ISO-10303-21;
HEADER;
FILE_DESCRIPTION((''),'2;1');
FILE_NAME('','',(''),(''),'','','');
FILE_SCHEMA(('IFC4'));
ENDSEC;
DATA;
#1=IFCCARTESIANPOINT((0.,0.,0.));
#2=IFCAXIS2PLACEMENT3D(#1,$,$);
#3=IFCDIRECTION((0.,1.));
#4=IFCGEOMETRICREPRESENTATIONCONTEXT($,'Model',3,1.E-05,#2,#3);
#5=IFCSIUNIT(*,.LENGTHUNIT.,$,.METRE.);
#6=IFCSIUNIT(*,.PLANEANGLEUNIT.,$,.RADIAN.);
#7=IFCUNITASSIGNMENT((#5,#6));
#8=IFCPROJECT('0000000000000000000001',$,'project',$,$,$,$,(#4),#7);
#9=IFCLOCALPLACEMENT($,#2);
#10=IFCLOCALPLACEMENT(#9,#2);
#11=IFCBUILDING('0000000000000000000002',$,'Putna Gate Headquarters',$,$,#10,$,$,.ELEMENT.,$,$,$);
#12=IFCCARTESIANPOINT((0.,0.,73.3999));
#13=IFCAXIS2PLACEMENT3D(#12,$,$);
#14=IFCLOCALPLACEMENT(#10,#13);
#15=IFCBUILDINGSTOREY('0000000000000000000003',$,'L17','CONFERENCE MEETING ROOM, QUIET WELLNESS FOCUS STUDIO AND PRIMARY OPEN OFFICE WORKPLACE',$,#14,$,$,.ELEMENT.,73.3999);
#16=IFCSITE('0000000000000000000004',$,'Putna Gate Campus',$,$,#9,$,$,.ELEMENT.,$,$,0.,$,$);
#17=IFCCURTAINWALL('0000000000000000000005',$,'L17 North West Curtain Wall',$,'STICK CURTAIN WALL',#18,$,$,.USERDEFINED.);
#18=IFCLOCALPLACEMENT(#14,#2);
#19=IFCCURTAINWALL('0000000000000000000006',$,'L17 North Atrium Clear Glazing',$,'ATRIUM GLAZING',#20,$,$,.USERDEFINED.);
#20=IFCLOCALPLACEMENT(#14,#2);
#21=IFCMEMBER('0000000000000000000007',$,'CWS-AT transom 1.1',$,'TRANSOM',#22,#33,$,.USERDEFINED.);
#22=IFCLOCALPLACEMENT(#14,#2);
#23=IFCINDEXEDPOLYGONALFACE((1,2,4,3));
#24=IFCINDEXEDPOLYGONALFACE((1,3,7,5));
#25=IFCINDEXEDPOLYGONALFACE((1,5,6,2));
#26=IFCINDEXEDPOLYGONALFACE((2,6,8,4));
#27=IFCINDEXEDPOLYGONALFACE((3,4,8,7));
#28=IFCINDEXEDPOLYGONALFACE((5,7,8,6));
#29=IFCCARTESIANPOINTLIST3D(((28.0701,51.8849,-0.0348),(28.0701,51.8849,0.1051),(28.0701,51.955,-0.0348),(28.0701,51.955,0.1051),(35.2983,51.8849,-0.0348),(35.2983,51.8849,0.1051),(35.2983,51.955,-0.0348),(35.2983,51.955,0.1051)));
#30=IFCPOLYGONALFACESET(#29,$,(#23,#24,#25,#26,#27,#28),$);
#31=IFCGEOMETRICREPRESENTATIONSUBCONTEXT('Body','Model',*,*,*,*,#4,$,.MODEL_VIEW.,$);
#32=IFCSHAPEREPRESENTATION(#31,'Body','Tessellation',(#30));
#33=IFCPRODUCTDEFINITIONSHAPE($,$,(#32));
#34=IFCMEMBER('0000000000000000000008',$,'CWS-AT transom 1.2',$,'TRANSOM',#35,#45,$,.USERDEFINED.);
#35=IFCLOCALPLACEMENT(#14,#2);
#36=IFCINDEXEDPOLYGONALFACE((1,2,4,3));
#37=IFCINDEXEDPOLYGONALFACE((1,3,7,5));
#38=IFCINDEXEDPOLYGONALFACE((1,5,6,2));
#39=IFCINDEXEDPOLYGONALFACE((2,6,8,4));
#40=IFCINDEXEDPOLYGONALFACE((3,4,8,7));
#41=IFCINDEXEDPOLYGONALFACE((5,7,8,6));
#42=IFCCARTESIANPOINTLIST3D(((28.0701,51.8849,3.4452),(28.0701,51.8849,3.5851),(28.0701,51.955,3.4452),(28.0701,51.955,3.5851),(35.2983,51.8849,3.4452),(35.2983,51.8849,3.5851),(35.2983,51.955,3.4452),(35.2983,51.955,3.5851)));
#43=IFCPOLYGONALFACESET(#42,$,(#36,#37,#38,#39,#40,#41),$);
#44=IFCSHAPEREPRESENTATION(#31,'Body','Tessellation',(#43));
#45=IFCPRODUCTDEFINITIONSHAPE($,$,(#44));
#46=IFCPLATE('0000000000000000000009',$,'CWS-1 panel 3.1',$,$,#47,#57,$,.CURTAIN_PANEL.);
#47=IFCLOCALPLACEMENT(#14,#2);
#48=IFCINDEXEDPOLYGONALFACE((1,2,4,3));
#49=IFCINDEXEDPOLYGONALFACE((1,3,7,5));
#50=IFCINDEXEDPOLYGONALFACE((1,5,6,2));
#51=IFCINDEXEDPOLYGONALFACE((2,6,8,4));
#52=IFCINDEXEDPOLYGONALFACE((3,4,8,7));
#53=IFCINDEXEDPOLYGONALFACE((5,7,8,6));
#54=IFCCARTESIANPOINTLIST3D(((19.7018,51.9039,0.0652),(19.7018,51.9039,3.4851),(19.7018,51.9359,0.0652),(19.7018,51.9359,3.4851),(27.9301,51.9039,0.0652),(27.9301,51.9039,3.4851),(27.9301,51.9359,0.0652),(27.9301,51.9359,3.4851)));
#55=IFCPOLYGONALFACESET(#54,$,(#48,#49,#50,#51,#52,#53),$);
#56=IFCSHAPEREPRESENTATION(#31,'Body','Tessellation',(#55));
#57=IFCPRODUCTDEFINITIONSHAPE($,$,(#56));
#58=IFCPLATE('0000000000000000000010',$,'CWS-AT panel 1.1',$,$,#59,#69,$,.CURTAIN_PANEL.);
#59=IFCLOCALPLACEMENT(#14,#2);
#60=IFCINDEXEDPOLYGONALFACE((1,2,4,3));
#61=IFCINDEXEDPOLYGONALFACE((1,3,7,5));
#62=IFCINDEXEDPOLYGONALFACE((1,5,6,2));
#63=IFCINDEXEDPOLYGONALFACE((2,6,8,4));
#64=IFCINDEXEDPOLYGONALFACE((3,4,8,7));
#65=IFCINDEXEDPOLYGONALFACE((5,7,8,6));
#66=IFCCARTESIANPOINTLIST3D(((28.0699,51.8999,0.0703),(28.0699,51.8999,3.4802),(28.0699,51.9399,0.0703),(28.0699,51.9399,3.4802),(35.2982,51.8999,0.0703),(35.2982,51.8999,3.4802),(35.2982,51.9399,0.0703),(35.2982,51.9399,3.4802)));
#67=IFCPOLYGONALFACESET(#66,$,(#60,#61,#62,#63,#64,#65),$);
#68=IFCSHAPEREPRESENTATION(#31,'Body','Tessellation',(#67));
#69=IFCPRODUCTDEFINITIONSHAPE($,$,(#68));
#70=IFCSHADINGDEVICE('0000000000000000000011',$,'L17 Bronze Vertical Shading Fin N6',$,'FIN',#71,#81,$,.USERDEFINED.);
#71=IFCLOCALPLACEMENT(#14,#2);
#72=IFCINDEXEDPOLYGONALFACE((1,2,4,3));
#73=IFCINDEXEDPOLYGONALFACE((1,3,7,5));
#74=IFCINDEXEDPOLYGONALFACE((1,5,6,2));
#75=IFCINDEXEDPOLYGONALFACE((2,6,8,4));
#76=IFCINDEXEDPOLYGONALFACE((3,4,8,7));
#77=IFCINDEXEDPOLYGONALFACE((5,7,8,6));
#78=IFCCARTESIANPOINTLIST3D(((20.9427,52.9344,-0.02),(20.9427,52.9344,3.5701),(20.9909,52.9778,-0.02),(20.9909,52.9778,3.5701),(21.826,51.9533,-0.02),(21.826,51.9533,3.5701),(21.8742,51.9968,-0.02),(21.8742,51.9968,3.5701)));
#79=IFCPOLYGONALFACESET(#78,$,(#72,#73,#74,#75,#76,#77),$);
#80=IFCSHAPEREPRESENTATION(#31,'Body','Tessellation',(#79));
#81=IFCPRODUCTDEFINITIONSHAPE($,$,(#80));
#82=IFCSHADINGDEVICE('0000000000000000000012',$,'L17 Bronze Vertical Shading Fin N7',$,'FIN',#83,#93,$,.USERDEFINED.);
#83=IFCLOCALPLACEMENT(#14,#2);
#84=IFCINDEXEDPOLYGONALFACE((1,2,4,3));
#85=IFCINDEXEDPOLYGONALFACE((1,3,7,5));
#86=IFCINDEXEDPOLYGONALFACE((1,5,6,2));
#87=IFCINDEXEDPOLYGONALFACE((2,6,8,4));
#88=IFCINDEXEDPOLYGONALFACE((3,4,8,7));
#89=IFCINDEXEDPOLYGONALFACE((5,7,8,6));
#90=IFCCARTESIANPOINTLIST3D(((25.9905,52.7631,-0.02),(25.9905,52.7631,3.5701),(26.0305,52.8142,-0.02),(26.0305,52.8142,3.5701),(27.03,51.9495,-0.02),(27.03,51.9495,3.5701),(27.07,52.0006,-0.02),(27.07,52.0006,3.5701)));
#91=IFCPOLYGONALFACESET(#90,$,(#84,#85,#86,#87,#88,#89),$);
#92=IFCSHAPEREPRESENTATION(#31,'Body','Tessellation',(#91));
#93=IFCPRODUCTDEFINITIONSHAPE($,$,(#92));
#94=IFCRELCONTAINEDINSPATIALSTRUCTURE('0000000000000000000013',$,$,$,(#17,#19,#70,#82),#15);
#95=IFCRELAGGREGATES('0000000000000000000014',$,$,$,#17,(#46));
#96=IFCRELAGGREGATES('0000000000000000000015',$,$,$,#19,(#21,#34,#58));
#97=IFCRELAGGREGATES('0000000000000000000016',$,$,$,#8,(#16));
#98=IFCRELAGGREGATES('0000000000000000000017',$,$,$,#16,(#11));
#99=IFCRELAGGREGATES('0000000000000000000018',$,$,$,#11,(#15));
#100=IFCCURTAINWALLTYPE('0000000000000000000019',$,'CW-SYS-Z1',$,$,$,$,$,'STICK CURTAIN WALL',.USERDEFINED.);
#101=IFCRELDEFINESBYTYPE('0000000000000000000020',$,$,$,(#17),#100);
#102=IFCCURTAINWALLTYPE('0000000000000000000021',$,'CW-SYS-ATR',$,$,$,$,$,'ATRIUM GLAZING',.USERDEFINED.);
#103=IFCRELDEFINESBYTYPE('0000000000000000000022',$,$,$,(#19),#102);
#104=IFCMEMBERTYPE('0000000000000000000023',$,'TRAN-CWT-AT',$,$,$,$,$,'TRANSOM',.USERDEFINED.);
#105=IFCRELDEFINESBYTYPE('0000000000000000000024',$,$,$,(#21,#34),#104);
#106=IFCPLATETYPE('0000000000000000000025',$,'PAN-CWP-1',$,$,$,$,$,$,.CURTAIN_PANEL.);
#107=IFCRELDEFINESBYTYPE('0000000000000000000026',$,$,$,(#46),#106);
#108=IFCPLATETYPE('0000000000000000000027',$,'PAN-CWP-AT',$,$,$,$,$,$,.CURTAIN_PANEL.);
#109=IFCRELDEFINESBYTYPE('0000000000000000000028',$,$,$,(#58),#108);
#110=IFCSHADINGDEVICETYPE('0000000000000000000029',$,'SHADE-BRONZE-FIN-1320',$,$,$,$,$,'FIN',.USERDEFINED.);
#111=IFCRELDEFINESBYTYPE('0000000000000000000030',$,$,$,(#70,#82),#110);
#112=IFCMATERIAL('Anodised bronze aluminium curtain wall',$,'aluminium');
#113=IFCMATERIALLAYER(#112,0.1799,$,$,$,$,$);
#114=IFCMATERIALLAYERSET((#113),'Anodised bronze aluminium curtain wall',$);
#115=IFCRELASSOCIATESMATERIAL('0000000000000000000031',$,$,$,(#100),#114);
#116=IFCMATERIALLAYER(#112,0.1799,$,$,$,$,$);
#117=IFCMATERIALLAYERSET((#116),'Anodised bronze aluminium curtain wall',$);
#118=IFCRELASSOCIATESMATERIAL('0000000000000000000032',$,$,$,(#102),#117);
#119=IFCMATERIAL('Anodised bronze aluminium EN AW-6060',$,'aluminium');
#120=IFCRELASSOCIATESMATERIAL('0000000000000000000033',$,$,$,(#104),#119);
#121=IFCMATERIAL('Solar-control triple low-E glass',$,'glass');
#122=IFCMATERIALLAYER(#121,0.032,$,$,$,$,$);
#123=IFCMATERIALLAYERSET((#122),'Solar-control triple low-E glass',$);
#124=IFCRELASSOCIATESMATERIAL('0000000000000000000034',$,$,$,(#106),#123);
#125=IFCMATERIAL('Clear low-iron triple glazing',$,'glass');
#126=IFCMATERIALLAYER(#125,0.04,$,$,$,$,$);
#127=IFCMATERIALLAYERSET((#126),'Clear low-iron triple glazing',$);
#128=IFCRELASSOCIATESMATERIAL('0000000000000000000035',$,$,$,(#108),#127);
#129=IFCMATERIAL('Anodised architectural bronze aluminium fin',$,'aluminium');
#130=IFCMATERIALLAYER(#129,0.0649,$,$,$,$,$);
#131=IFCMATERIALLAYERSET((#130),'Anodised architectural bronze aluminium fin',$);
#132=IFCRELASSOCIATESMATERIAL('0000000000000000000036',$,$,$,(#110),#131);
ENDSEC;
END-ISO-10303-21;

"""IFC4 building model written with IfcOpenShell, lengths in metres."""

from ifc_helpers import new_model, si_unit, direction, frame, origin, origin_2d, place, context, subcontext, project, spatial, rectangle, extrude, material, layer, layer_set, material_profile, profile_set, type_object, element, aggregate, save


model = new_model("IFC4")

# Units and contexts
model_context = context("Model", 3, precision=1e-05, world=origin(), true_north=direction((0.0, 1.0)))
body_context = subcontext(model_context, "Body", "Model", "MODEL_VIEW")
ifc_project = project(units=[si_unit("LENGTHUNIT", "METRE"), si_unit("PLANEANGLEUNIT", "RADIAN")], contexts=[model_context])

# Site, building, storey
site_placement = place(None, origin())
site = spatial("IfcSite", under=ifc_project, at=site_placement, Name="Putna Gate Campus", CompositionType="ELEMENT", RefElevation=0.0)
building_placement = place(site_placement, origin())
building = spatial("IfcBuilding", under=site, at=building_placement, Name="Putna Gate Headquarters", CompositionType="ELEMENT")
storey_placement = place(building_placement, frame((0.0, 0.0, 73.3999)))
storey = spatial("IfcBuildingStorey", under=building, at=storey_placement, Name="L17", Description="CONFERENCE MEETING ROOM, QUIET WELLNESS FOCUS STUDIO AND PRIMARY OPEN OFFICE WORKPLACE", CompositionType="ELEMENT", Elevation=73.3999)

# Curtain walls
ifc_material_1 = material(Name="Anodised bronze aluminium curtain wall", Category="aluminium")
ifc_layer_1 = layer(ifc_material_1, 0.1799)
ifc_layer_set_1 = layer_set([ifc_layer_1], Name="Anodised bronze aluminium curtain wall")
curtain_wall_type_1 = type_object("IfcCurtainWallType", Name="CW-SYS-Z1", ElementType="STICK CURTAIN WALL", PredefinedType="USERDEFINED", material=ifc_layer_set_1)
curtain_wall_1_placement = place(storey_placement, origin())
curtain_wall_1 = element("IfcCurtainWall", 1, at=curtain_wall_1_placement, inside=storey, type_object=curtain_wall_type_1, Name="L17 North West Curtain Wall", ObjectType="STICK CURTAIN WALL", PredefinedType="USERDEFINED")
ifc_material_2 = material(Name="Anodised bronze aluminium EN AW-6060", Category="aluminium")
ifc_layer_2 = layer(ifc_material_1, 0.1799)
ifc_layer_set_2 = layer_set([ifc_layer_2], Name="Anodised bronze aluminium curtain wall")
curtain_wall_type_2 = type_object("IfcCurtainWallType", Name="CW-SYS-ATR", ElementType="ATRIUM GLAZING", PredefinedType="USERDEFINED", material=ifc_layer_set_2)
curtain_wall_2_placement = place(storey_placement, origin())
curtain_wall_2 = element("IfcCurtainWall", 2, at=curtain_wall_2_placement, inside=storey, type_object=curtain_wall_type_2, Name="L17 North Atrium Clear Glazing", ObjectType="ATRIUM GLAZING", PredefinedType="USERDEFINED")

# Members
ifc_material_profile_1 = material_profile(ifc_material_2, rectangle(XDim=0.0701, YDim=0.1399, at=origin_2d()), Name="Anodised bronze aluminium EN AW-6060")
ifc_profile_set_1 = profile_set([ifc_material_profile_1], Name="Anodised bronze aluminium EN AW-6060")
member_type_1 = type_object("IfcMemberType", Name="TRAN-CWT-AT", ElementType="TRANSOM", PredefinedType="USERDEFINED", material=ifc_profile_set_1)
member_1_placement = place(storey_placement, frame((28.0701, 51.9199, 0.0352), z_axis=(1.0, 0.0, 0.0), x_axis=(0.0, 1.0, 0.0)))
member_1 = element("IfcMember", 3, at=member_1_placement, type_object=member_type_1, Name="CWS-AT transom 1.1", ObjectType="TRANSOM", PredefinedType="USERDEFINED", context=body_context, shape_type="SweptSolid", body=[
    extrude(rectangle(XDim=0.0701, YDim=0.1399, at=origin_2d()), origin(), (0.0, 0.0, 1.0), 7.2283),
])
member_2_placement = place(storey_placement, frame((28.0701, 51.9199, 3.5151), z_axis=(1.0, 0.0, 0.0), x_axis=(0.0, 1.0, 0.0)))
member_2 = element("IfcMember", 4, at=member_2_placement, type_object=member_type_1, Name="CWS-AT transom 1.2", ObjectType="TRANSOM", PredefinedType="USERDEFINED", context=body_context, shape_type="SweptSolid", body=[
    extrude(rectangle(XDim=0.0701, YDim=0.1399, at=origin_2d()), origin(), (0.0, 0.0, 1.0), 7.2283),
])

# Plates
ifc_material_3 = material(Name="Solar-control triple low-E glass", Category="glass")
ifc_layer_3 = layer(ifc_material_3, 0.032)
ifc_layer_set_3 = layer_set([ifc_layer_3], Name="Solar-control triple low-E glass")
plate_type_1 = type_object("IfcPlateType", Name="PAN-CWP-1", PredefinedType="CURTAIN_PANEL", material=ifc_layer_set_3)
plate_1_placement = place(storey_placement, frame((23.8159, 51.9199, 0.0652), z_axis=(0.0, 0.0, 1.0), x_axis=(1.0, 0.0, 0.0)))
plate_1 = element("IfcPlate", 5, at=plate_1_placement, type_object=plate_type_1, Name="CWS-1 panel 3.1", PredefinedType="CURTAIN_PANEL", context=body_context, shape_type="SweptSolid", body=[
    extrude(rectangle(XDim=8.2283, YDim=0.032, at=origin_2d()), origin(), (0.0, 0.0, 1.0), 3.4199),
])
aggregate(curtain_wall_1, [plate_1])
ifc_material_4 = material(Name="Clear low-iron triple glazing", Category="glass")
ifc_layer_4 = layer(ifc_material_4, 0.04)
ifc_layer_set_4 = layer_set([ifc_layer_4], Name="Clear low-iron triple glazing")
plate_type_2 = type_object("IfcPlateType", Name="PAN-CWP-AT", PredefinedType="CURTAIN_PANEL", material=ifc_layer_set_4)
plate_2_placement = place(storey_placement, frame((31.6841, 51.9199, 0.0703), z_axis=(0.0, 0.0, 1.0), x_axis=(1.0, 0.0, 0.0)))
plate_2 = element("IfcPlate", 6, at=plate_2_placement, type_object=plate_type_2, Name="CWS-AT panel 1.1", PredefinedType="CURTAIN_PANEL", context=body_context, shape_type="SweptSolid", body=[
    extrude(rectangle(XDim=7.2283, YDim=0.04, at=origin_2d()), origin(), (0.0, 0.0, 1.0), 3.4099),
])
aggregate(curtain_wall_2, [member_1, member_2, plate_2])

# Shading devices
ifc_material_5 = material(Name="Anodised architectural bronze aluminium fin", Category="aluminium")
ifc_layer_5 = layer(ifc_material_5, 0.0649)
ifc_layer_set_5 = layer_set([ifc_layer_5], Name="Anodised architectural bronze aluminium fin")
shading_device_type = type_object("IfcShadingDeviceType", Name="SHADE-BRONZE-FIN-1320", ElementType="FIN", PredefinedType="USERDEFINED", material=ifc_layer_set_5)
for number, where, z_axis, x_axis, name in (
    (7, (21.4084, 52.4656, -0.02), (0.0, 0.0, 1.0), (-0.669131, 0.743145, 0.0), "L17 Bronze Vertical Shading Fin N6"),
    (8, (26.5303, 52.3818, -0.02), (0.0, 0.0, 1.0), (-0.787473, 0.616349, 0.0), "L17 Bronze Vertical Shading Fin N7"),
):
    element("IfcShadingDevice", number, at=place(storey_placement, frame(where, z_axis=z_axis, x_axis=x_axis)), inside=storey, type_object=shading_device_type, Name=name, ObjectType="FIN", PredefinedType="USERDEFINED", context=body_context, shape_type="SweptSolid", body=[
        extrude(rectangle(XDim=1.3201, YDim=0.0649, at=origin_2d()), origin(), (0.0, 0.0, 1.0), 3.5901),
    ])

save(model, "model.ifc")
